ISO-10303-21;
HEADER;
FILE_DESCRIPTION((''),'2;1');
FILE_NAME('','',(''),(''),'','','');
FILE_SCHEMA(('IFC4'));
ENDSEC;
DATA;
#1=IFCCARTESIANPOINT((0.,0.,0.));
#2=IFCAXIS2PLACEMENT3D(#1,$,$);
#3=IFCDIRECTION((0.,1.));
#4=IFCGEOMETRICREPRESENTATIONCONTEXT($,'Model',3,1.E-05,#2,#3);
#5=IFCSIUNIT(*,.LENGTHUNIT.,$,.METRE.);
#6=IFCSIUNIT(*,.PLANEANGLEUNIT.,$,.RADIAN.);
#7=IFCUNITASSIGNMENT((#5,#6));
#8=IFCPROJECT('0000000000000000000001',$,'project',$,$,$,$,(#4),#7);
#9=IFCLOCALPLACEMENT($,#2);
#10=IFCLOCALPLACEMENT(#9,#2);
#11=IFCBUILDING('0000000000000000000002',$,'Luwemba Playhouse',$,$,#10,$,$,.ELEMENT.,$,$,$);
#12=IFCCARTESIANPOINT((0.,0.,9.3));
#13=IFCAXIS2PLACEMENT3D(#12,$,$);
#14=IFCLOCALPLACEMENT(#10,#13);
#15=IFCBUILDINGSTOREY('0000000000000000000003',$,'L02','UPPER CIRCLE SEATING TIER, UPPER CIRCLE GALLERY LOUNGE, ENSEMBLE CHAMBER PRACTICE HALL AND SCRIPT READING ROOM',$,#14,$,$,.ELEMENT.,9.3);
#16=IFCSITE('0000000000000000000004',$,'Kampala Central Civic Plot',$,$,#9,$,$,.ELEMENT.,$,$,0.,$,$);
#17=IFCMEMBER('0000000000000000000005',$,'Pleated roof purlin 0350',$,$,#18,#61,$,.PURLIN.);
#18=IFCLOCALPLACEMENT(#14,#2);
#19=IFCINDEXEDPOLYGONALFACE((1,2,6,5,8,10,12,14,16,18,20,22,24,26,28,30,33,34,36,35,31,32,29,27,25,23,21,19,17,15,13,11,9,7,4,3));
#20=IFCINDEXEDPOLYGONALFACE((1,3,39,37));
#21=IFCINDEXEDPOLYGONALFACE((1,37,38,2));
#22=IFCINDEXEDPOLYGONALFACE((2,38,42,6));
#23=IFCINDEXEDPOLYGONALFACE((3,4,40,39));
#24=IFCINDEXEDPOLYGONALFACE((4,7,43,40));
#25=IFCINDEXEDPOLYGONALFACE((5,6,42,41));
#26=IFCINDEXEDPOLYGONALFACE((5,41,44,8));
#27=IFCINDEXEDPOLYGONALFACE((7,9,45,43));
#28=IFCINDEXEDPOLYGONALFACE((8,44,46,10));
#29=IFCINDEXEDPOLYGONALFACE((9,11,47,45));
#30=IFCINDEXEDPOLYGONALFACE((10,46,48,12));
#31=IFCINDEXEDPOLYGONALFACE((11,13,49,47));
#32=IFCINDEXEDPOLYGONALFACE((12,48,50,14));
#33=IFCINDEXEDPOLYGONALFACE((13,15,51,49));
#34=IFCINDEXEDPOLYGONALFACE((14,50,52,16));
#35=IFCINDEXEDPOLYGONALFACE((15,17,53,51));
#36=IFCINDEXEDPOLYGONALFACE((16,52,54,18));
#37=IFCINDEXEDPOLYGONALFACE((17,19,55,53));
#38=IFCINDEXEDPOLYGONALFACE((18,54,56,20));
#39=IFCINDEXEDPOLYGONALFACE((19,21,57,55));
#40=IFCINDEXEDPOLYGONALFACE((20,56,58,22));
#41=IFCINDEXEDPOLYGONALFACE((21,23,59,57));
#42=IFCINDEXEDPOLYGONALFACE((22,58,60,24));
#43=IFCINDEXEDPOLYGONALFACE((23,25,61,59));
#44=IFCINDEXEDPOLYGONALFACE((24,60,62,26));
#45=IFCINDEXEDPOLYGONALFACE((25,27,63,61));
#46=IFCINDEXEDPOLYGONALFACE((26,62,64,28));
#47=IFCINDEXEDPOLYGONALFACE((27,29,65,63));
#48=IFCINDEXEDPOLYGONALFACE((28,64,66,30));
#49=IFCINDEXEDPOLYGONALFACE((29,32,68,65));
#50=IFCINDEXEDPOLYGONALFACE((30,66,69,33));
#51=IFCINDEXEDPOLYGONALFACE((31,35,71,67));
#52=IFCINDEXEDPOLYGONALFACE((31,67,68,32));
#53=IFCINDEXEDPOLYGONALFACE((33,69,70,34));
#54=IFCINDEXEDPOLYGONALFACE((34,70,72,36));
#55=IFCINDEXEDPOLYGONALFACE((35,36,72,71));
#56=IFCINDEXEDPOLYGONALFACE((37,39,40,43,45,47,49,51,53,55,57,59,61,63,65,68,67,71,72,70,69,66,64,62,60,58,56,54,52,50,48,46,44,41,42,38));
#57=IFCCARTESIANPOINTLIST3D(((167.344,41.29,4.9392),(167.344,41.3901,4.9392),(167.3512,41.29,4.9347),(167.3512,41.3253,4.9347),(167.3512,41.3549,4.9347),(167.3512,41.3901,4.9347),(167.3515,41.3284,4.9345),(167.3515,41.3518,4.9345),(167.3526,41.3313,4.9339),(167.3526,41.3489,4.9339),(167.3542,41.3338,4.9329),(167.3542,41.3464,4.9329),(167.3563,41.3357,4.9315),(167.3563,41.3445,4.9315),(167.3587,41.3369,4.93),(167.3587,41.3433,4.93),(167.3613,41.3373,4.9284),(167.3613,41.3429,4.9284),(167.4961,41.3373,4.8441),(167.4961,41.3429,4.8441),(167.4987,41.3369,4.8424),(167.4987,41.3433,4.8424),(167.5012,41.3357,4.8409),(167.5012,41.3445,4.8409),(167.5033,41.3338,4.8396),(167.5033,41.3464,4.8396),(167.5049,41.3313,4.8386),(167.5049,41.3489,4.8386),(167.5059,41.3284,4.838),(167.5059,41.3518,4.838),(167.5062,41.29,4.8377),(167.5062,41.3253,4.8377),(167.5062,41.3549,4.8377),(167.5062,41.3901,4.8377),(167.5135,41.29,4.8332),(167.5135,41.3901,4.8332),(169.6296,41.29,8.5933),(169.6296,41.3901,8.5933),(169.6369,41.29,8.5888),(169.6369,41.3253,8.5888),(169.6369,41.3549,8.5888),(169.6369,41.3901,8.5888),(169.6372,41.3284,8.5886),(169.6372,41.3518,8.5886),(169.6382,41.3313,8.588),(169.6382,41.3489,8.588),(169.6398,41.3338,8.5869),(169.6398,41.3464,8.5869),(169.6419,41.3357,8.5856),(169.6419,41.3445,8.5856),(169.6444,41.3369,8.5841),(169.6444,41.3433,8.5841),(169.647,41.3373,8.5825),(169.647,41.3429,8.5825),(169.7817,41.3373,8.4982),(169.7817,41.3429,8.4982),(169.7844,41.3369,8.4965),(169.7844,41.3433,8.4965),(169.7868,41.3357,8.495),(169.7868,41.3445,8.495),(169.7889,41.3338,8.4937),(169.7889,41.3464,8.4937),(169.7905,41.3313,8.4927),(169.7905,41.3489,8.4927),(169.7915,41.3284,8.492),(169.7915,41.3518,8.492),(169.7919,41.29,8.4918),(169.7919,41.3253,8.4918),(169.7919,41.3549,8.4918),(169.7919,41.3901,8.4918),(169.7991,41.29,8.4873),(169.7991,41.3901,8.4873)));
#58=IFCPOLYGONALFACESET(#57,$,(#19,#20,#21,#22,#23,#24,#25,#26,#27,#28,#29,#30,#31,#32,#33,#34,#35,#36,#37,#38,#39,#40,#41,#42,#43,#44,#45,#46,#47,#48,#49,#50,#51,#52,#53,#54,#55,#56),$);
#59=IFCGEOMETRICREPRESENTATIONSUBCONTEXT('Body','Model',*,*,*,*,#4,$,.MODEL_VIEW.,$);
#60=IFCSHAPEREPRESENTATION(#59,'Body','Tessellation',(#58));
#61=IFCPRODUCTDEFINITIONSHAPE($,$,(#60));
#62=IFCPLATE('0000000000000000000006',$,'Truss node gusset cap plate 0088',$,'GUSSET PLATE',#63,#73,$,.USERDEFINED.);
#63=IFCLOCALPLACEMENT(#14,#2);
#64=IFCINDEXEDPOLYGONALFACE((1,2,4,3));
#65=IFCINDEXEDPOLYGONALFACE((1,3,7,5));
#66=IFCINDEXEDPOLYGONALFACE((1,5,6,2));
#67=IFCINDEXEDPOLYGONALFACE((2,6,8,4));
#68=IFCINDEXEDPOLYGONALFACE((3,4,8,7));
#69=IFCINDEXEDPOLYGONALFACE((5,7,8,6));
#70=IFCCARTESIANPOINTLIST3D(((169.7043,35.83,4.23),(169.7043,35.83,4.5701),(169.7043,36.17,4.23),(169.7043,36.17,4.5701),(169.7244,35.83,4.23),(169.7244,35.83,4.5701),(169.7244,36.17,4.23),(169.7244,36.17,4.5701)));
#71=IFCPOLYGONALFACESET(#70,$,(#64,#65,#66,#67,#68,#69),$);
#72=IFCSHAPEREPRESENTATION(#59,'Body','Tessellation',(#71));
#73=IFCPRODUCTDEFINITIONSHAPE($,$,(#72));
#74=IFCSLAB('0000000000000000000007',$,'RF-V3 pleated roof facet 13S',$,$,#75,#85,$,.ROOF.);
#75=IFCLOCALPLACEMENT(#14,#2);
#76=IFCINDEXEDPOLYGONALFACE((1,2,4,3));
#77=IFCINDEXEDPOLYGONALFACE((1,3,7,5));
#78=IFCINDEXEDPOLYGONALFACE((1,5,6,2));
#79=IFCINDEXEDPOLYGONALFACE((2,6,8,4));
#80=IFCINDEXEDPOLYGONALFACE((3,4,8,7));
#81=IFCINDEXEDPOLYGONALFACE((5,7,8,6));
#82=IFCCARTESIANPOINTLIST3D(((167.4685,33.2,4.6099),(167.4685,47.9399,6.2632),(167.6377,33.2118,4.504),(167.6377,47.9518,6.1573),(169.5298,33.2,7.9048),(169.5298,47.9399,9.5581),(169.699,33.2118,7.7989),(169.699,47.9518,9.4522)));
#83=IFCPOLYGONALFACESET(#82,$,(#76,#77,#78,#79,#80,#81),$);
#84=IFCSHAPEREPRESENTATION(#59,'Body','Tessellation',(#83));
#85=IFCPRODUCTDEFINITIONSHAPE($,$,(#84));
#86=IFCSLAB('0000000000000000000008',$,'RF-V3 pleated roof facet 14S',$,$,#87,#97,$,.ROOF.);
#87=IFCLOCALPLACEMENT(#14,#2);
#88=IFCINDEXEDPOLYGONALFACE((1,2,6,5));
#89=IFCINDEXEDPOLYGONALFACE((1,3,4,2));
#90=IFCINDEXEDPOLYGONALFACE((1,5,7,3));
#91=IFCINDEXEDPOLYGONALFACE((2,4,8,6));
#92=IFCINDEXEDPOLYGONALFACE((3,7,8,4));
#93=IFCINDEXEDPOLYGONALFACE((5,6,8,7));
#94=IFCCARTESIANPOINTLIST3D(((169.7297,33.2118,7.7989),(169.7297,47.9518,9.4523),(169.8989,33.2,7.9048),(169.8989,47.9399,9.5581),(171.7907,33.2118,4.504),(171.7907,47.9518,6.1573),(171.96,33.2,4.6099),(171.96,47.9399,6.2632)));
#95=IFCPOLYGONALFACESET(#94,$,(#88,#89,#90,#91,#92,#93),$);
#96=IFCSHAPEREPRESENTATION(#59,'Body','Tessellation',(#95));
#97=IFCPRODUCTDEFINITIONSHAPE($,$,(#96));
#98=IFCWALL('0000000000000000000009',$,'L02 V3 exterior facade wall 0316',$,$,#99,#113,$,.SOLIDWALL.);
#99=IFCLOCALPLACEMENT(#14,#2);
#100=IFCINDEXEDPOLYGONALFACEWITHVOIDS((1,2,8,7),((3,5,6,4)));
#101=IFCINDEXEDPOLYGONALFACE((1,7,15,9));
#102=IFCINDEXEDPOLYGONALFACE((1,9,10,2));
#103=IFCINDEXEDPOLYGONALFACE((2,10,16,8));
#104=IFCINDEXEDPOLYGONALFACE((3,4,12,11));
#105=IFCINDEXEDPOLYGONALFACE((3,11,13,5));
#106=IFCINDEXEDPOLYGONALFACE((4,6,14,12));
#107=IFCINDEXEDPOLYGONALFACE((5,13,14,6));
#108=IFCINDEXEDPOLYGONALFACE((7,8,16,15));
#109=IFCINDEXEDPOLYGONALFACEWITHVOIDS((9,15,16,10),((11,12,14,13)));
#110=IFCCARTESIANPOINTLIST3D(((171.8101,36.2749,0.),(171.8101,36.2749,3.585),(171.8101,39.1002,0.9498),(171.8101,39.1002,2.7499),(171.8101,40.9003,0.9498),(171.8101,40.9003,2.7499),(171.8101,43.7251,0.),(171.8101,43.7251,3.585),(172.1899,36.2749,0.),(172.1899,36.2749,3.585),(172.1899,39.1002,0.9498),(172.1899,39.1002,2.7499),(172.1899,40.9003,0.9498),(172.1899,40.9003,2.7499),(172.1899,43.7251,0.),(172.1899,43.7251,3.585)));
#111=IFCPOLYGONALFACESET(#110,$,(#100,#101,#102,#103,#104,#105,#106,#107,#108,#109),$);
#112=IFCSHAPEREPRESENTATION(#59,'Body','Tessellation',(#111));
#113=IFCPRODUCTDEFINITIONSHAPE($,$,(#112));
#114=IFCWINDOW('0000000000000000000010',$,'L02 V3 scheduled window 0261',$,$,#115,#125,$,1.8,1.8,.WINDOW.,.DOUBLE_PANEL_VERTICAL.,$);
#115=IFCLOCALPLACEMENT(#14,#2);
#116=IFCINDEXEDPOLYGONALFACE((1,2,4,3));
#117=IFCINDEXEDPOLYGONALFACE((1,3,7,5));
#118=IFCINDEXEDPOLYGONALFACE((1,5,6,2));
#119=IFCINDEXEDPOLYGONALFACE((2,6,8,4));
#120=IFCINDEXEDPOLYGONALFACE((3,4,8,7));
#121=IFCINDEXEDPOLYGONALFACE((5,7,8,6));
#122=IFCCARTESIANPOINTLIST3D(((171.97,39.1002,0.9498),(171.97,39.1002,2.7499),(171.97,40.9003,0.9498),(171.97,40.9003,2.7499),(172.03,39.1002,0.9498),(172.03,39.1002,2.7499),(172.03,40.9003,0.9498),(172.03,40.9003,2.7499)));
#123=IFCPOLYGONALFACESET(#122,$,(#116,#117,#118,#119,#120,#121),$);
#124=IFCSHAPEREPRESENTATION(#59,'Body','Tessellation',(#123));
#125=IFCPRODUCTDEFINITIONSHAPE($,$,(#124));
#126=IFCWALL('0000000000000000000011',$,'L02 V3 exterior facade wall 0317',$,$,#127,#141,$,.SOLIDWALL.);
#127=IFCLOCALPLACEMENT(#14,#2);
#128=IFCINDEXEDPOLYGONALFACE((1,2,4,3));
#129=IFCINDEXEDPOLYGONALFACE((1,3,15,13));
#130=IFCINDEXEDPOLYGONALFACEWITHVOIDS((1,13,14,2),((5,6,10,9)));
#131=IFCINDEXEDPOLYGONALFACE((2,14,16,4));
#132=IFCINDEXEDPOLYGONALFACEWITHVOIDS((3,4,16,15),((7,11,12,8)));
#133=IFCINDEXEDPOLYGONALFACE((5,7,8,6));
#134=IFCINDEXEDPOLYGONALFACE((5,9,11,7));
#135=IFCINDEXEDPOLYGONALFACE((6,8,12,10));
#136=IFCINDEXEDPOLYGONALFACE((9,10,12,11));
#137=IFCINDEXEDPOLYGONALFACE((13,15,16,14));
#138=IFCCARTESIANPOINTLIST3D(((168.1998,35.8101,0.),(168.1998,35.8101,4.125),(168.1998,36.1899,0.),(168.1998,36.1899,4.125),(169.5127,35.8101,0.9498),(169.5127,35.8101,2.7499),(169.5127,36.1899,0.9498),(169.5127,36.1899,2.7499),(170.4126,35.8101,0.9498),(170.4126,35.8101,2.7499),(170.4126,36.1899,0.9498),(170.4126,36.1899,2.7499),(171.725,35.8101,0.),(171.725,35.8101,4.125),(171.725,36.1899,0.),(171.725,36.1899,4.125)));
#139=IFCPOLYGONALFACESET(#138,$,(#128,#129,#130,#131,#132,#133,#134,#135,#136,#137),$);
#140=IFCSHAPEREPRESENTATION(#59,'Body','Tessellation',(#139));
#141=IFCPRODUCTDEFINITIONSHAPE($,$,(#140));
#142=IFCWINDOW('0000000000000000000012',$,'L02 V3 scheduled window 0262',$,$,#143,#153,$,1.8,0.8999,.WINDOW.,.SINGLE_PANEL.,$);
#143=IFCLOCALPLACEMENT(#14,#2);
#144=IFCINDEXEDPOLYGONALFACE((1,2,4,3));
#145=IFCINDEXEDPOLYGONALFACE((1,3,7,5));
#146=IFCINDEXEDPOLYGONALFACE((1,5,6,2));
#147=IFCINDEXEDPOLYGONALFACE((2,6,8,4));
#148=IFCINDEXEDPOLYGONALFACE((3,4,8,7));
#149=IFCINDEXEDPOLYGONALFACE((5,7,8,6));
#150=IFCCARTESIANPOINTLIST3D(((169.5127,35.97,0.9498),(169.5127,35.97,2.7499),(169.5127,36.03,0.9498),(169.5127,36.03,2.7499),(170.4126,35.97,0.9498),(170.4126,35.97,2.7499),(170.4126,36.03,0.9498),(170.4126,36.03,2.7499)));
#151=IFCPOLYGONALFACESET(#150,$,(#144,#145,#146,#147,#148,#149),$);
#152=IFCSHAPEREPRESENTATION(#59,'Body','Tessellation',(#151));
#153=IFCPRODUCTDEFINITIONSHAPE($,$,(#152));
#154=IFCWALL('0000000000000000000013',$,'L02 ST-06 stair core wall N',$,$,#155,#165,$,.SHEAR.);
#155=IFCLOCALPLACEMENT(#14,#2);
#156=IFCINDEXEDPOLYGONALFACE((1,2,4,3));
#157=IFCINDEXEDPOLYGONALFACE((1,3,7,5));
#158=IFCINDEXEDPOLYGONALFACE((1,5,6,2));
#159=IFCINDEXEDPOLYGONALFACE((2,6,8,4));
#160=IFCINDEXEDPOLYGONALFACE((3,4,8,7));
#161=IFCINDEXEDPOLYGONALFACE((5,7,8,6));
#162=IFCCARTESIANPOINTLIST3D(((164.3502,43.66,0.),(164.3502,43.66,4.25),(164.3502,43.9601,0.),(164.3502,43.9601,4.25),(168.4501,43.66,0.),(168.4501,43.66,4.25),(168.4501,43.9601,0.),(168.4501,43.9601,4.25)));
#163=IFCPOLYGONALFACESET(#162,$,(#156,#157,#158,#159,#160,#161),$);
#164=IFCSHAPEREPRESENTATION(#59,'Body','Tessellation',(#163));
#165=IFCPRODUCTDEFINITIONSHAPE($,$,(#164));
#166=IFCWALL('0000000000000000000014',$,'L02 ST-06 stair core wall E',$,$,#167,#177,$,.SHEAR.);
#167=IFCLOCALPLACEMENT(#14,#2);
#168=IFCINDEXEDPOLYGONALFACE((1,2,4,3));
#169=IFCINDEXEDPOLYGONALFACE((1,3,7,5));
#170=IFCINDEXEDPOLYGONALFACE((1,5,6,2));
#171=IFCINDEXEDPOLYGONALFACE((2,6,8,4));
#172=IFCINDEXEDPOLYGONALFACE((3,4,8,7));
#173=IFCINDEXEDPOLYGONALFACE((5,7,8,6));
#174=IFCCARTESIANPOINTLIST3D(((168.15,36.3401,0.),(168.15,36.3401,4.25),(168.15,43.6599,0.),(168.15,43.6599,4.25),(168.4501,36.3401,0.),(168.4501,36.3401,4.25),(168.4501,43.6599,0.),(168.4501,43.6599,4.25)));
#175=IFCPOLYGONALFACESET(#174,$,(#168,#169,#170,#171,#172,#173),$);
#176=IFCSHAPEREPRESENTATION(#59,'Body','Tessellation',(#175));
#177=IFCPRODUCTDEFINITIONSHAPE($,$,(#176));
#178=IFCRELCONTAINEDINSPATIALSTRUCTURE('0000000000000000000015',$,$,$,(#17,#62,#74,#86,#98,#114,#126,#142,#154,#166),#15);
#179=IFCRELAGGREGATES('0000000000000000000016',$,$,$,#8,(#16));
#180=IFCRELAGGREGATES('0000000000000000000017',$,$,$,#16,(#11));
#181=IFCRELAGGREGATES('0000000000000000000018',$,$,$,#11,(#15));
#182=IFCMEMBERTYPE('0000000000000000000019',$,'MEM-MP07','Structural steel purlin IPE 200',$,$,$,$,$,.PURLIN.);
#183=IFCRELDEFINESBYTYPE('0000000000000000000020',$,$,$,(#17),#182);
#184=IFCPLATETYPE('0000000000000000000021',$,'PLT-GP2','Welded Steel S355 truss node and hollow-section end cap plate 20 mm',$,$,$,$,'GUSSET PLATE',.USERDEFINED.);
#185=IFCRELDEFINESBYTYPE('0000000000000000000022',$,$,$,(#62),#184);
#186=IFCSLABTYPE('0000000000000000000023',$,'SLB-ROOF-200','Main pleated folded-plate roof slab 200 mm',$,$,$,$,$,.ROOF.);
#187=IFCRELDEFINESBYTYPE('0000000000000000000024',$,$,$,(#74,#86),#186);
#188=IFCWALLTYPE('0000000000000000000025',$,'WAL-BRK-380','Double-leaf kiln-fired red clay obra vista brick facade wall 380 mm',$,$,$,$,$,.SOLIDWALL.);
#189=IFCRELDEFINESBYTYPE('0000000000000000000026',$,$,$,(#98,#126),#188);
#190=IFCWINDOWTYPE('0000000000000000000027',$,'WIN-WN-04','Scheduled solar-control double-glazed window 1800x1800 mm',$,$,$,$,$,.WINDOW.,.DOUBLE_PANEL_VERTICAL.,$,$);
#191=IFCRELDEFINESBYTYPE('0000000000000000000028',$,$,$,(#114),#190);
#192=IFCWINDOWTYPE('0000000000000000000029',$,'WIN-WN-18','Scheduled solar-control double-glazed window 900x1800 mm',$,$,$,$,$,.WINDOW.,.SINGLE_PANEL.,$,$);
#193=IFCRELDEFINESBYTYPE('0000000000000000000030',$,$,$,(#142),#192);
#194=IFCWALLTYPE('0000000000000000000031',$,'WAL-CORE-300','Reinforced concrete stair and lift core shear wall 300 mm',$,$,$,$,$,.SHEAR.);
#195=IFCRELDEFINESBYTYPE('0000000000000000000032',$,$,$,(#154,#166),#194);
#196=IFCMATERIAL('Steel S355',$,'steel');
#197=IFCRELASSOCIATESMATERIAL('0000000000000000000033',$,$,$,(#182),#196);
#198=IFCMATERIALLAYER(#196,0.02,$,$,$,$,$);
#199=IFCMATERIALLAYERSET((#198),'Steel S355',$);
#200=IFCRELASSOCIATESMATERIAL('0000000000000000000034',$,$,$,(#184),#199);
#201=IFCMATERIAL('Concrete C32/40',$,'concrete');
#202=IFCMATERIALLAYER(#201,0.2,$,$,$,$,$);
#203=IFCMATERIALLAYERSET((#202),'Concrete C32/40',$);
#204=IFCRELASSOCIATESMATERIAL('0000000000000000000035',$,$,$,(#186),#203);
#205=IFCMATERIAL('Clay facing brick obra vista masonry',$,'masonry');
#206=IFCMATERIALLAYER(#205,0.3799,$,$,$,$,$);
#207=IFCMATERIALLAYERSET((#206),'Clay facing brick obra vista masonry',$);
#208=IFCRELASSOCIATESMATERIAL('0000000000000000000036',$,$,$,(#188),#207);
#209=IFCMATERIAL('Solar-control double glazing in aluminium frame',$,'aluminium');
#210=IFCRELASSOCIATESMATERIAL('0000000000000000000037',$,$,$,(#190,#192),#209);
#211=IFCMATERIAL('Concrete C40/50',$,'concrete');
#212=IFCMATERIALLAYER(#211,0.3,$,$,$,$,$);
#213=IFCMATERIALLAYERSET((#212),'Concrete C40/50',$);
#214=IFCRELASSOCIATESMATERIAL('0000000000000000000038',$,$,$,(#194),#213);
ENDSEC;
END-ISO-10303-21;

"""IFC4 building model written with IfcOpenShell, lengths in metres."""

from ifc_helpers import new_model, si_unit, direction, frame, frame_2d, origin, origin_2d, place, context, subcontext, project, spatial, polyline, rectangle, i_section, outline, extrude, material, layer, layer_set, material_profile, profile_set, type_object, element, fill, save


model = new_model("IFC4")

# Units and contexts
model_context = context("Model", 3, precision=1e-05, world=origin(), true_north=direction((0.0, 1.0)))
body_context = subcontext(model_context, "Body", "Model", "MODEL_VIEW")
ifc_project = project(units=[si_unit("LENGTHUNIT", "METRE"), si_unit("PLANEANGLEUNIT", "RADIAN")], contexts=[model_context])

# Site, building, storey
site_placement = place(None, origin())
site = spatial("IfcSite", under=ifc_project, at=site_placement, Name="Kampala Central Civic Plot", CompositionType="ELEMENT", RefElevation=0.0)
building_placement = place(site_placement, origin())
building = spatial("IfcBuilding", under=site, at=building_placement, Name="Luwemba Playhouse", CompositionType="ELEMENT")
storey_placement = place(building_placement, frame((0.0, 0.0, 9.3)))
storey = spatial("IfcBuildingStorey", under=building, at=storey_placement, Name="L02", Description="UPPER CIRCLE SEATING TIER, UPPER CIRCLE GALLERY LOUNGE, ENSEMBLE CHAMBER PRACTICE HALL AND SCRIPT READING ROOM", CompositionType="ELEMENT", Elevation=9.3)

# Shared definitions
ifc_material_1 = material(Name="Concrete C40/50", Category="concrete")
ifc_material_2 = material(Name="Steel S355", Category="steel")

# Member
ifc_material_profile_1 = material_profile(ifc_material_2, i_section(OverallWidth=0.1001, OverallDepth=0.2, WebThickness=0.0056, FlangeThickness=0.0085, FilletRadius=0.012, at=origin_2d()))
ifc_profile_set_1 = profile_set([ifc_material_profile_1], Name="Steel S355")
member_type_1 = type_object("IfcMemberType", Name="MEM-MP07", Description="Structural steel purlin IPE 200", PredefinedType="PURLIN", material=ifc_profile_set_1)
member_1_placement = place(storey_placement, frame((167.4287, 41.3401, 4.8862), z_axis=(0.530309, 0.0, 0.847804), x_axis=(0.0, 1.0, 0.0)))
element("IfcMember", 1, at=member_1_placement, inside=storey, type_object=member_type_1, Name="Pleated roof purlin 0350", PredefinedType="PURLIN", context=body_context, shape_type="SweptSolid", body=[
    extrude(i_section(OverallWidth=0.1001, OverallDepth=0.2, WebThickness=0.0056, FlangeThickness=0.0085, FilletRadius=0.012, at=origin_2d()), origin(), (0.0, 0.0, 1.0), 4.3101),
])

# Plate
ifc_layer_1 = layer(ifc_material_2, 0.02)
ifc_layer_set_1 = layer_set([ifc_layer_1], Name="Steel S355")
plate_type = type_object("IfcPlateType", Name="PLT-GP2", Description="Welded Steel S355 truss node and hollow-section end cap plate 20 mm", ElementType="GUSSET PLATE", PredefinedType="USERDEFINED", material=ifc_layer_set_1)
plate_placement = place(storey_placement, frame((169.7144, 36.0, 4.23), z_axis=(0.0, 0.0, 1.0), x_axis=(1.0, 0.0, 0.0)))
element("IfcPlate", 2, at=plate_placement, inside=storey, type_object=plate_type, Name="Truss node gusset cap plate 0088", ObjectType="GUSSET PLATE", PredefinedType="USERDEFINED", context=body_context, shape_type="SweptSolid", body=[
    extrude(rectangle(XDim=0.02, YDim=0.3401, at=origin_2d()), origin(), (0.0, 0.0, 1.0), 0.3401),
])

# Slabs
ifc_material_3 = material(Name="Concrete C32/40", Category="concrete")
ifc_layer_2 = layer(ifc_material_3, 0.2)
ifc_layer_set_2 = layer_set([ifc_layer_2], Name="Concrete C32/40")
slab_type = type_object("IfcSlabType", Name="SLB-ROOF-200", Description="Main pleated folded-plate roof slab 200 mm", PredefinedType="ROOF", material=ifc_layer_set_2)
slab_1_placement = place(storey_placement, frame((167.4685, 33.2, 4.6099), z_axis=(-0.846276, -0.059383, 0.529424), x_axis=(0.53036, 0.0, 0.847772)))
element("IfcSlab", 3, at=slab_1_placement, inside=storey, type_object=slab_type, Name="RF-V3 pleated roof facet 13S", PredefinedType="ROOF", context=body_context, shape_type="SweptSolid", body=[
    extrude(outline(polyline([(0.0, 0.0), (3.8866, 0.0), (5.2882, 14.766), (1.4016, 14.766), (0.0, 0.0)])), origin(), (0.0, 0.0, -1.0), 0.2),
])
slab_2_placement = place(storey_placement, frame((169.8989, 33.2, 7.9048), z_axis=(0.846305, -0.059378, 0.529379), x_axis=(0.530315, 0.0, -0.847801)))
element("IfcSlab", 4, at=slab_2_placement, inside=storey, type_object=slab_type, Name="RF-V3 pleated roof facet 14S", PredefinedType="ROOF", context=body_context, shape_type="SweptSolid", body=[
    extrude(outline(polyline([(0.0, 0.0), (3.8864, 0.0), (2.4847, 14.766), (-1.4017, 14.766), (0.0, 0.0)])), origin(), (0.0, 0.0, -1.0), 0.2),
])

# Walls, openings, windows
ifc_material_4 = material(Name="Clay facing brick obra vista masonry", Category="masonry")
ifc_layer_3 = layer(ifc_material_4, 0.3799)
ifc_layer_set_3 = layer_set([ifc_layer_3], Name="Clay facing brick obra vista masonry")
wall_type_1 = type_object("IfcWallType", Name="WAL-BRK-380", Description="Double-leaf kiln-fired red clay obra vista brick facade wall 380 mm", PredefinedType="SOLIDWALL", material=ifc_layer_set_3)
wall_1_placement = place(storey_placement, frame((172.0, 43.7251, 0.0), z_axis=(0.0, 0.0, 1.0), x_axis=(0.0, -1.0, 0.0)))
wall_1 = element("IfcWall", 5, at=wall_1_placement, inside=storey, type_object=wall_type_1, Name="L02 V3 exterior facade wall 0316", PredefinedType="SOLIDWALL", context=body_context, shape_type="SweptSolid", body=[
    extrude(rectangle(XDim=7.4502, YDim=0.3799, at=frame_2d((3.7251, 0.0))), origin(), (0.0, 0.0, 1.0), 3.585),
])
opening_1_placement = place(wall_1_placement, frame((2.825, 0.0, 0.95)))
opening_1 = element("IfcOpeningElement", 6, at=opening_1_placement, cuts=wall_1, PredefinedType="OPENING", context=body_context, shape_type="SweptSolid", body=[
    extrude(rectangle(XDim=1.8, YDim=1.8, at=frame_2d((0.8999, 0.8999))), frame((0.0, 0.2, 0.0), z_axis=(0.0, -1.0, 0.0), x_axis=(1.0, 0.0, 0.0)), (0.0, 0.0, 1.0), 0.3999),
])
ifc_material_5 = material(Name="Solar-control double glazing in aluminium frame", Category="aluminium")
window_type_1 = type_object("IfcWindowType", Name="WIN-WN-04", Description="Scheduled solar-control double-glazed window 1800x1800 mm", PartitioningType="DOUBLE_PANEL_VERTICAL", PredefinedType="WINDOW", material=ifc_material_5)
window_1_placement = place(opening_1_placement, origin())
window_1 = element("IfcWindow", 7, at=window_1_placement, inside=storey, type_object=window_type_1, Name="L02 V3 scheduled window 0261", OverallHeight=1.8, OverallWidth=1.8, PartitioningType="DOUBLE_PANEL_VERTICAL", PredefinedType="WINDOW", context=body_context, shape_type="SweptSolid", body=[
    extrude(rectangle(XDim=1.8, YDim=1.8, at=frame_2d((0.8999, 0.8999))), frame((0.0, 0.03, 0.0), z_axis=(0.0, -1.0, 0.0), x_axis=(1.0, 0.0, 0.0)), (0.0, 0.0, 1.0), 0.0601),
])
fill(opening_1, window_1)
wall_2_placement = place(storey_placement, frame((171.7251, 36.0, 0.0), z_axis=(0.0, 0.0, 1.0), x_axis=(-1.0, 0.0, 0.0)))
wall_2 = element("IfcWall", 8, at=wall_2_placement, inside=storey, type_object=wall_type_1, Name="L02 V3 exterior facade wall 0317", PredefinedType="SOLIDWALL", context=body_context, shape_type="SweptSolid", body=[
    extrude(rectangle(XDim=3.5251, YDim=0.3799, at=frame_2d((1.7627, 0.0))), origin(), (0.0, 0.0, 1.0), 4.125),
])
opening_2_placement = place(wall_2_placement, frame((1.3125, 0.0, 0.95)))
opening_2 = element("IfcOpeningElement", 9, at=opening_2_placement, cuts=wall_2, PredefinedType="OPENING", context=body_context, shape_type="SweptSolid", body=[
    extrude(rectangle(XDim=0.8999, YDim=1.8, at=frame_2d((0.45, 0.8999))), frame((0.0, 0.2, 0.0), z_axis=(0.0, -1.0, 0.0), x_axis=(1.0, 0.0, 0.0)), (0.0, 0.0, 1.0), 0.3999),
])
window_type_2 = type_object("IfcWindowType", Name="WIN-WN-18", Description="Scheduled solar-control double-glazed window 900x1800 mm", PartitioningType="SINGLE_PANEL", PredefinedType="WINDOW", material=ifc_material_5)
window_2_placement = place(opening_2_placement, origin())
window_2 = element("IfcWindow", 10, at=window_2_placement, inside=storey, type_object=window_type_2, Name="L02 V3 scheduled window 0262", OverallHeight=1.8, OverallWidth=0.8999, PartitioningType="SINGLE_PANEL", PredefinedType="WINDOW", context=body_context, shape_type="SweptSolid", body=[
    extrude(rectangle(XDim=0.8999, YDim=1.8, at=frame_2d((0.45, 0.8999))), frame((0.0, 0.03, 0.0), z_axis=(0.0, -1.0, 0.0), x_axis=(1.0, 0.0, 0.0)), (0.0, 0.0, 1.0), 0.0601),
])
fill(opening_2, window_2)

# Walls
ifc_layer_4 = layer(ifc_material_1, 0.3)
ifc_layer_set_4 = layer_set([ifc_layer_4], Name="Concrete C40/50")
wall_type_2 = type_object("IfcWallType", Name="WAL-CORE-300", Description="Reinforced concrete stair and lift core shear wall 300 mm", PredefinedType="SHEAR", material=ifc_layer_set_4)
wall_3_placement = place(storey_placement, frame((168.45, 43.8101, 0.0), z_axis=(0.0, 0.0, 1.0), x_axis=(-1.0, 0.0, 0.0)))
element("IfcWall", 11, at=wall_3_placement, inside=storey, type_object=wall_type_2, Name="L02 ST-06 stair core wall N", PredefinedType="SHEAR", context=body_context, shape_type="SweptSolid", body=[
    extrude(rectangle(XDim=4.0999, YDim=0.3, at=frame_2d((2.0498, 0.0))), origin(), (0.0, 0.0, 1.0), 4.25),
])
wall_4_placement = place(storey_placement, frame((168.3, 43.6599, 0.0), z_axis=(0.0, 0.0, 1.0), x_axis=(0.0, -1.0, 0.0)))
element("IfcWall", 12, at=wall_4_placement, inside=storey, type_object=wall_type_2, Name="L02 ST-06 stair core wall E", PredefinedType="SHEAR", context=body_context, shape_type="SweptSolid", body=[
    extrude(rectangle(XDim=7.3198, YDim=0.3, at=frame_2d((3.6599, 0.0))), origin(), (0.0, 0.0, 1.0), 4.25),
])

save(model, "model.ifc")
